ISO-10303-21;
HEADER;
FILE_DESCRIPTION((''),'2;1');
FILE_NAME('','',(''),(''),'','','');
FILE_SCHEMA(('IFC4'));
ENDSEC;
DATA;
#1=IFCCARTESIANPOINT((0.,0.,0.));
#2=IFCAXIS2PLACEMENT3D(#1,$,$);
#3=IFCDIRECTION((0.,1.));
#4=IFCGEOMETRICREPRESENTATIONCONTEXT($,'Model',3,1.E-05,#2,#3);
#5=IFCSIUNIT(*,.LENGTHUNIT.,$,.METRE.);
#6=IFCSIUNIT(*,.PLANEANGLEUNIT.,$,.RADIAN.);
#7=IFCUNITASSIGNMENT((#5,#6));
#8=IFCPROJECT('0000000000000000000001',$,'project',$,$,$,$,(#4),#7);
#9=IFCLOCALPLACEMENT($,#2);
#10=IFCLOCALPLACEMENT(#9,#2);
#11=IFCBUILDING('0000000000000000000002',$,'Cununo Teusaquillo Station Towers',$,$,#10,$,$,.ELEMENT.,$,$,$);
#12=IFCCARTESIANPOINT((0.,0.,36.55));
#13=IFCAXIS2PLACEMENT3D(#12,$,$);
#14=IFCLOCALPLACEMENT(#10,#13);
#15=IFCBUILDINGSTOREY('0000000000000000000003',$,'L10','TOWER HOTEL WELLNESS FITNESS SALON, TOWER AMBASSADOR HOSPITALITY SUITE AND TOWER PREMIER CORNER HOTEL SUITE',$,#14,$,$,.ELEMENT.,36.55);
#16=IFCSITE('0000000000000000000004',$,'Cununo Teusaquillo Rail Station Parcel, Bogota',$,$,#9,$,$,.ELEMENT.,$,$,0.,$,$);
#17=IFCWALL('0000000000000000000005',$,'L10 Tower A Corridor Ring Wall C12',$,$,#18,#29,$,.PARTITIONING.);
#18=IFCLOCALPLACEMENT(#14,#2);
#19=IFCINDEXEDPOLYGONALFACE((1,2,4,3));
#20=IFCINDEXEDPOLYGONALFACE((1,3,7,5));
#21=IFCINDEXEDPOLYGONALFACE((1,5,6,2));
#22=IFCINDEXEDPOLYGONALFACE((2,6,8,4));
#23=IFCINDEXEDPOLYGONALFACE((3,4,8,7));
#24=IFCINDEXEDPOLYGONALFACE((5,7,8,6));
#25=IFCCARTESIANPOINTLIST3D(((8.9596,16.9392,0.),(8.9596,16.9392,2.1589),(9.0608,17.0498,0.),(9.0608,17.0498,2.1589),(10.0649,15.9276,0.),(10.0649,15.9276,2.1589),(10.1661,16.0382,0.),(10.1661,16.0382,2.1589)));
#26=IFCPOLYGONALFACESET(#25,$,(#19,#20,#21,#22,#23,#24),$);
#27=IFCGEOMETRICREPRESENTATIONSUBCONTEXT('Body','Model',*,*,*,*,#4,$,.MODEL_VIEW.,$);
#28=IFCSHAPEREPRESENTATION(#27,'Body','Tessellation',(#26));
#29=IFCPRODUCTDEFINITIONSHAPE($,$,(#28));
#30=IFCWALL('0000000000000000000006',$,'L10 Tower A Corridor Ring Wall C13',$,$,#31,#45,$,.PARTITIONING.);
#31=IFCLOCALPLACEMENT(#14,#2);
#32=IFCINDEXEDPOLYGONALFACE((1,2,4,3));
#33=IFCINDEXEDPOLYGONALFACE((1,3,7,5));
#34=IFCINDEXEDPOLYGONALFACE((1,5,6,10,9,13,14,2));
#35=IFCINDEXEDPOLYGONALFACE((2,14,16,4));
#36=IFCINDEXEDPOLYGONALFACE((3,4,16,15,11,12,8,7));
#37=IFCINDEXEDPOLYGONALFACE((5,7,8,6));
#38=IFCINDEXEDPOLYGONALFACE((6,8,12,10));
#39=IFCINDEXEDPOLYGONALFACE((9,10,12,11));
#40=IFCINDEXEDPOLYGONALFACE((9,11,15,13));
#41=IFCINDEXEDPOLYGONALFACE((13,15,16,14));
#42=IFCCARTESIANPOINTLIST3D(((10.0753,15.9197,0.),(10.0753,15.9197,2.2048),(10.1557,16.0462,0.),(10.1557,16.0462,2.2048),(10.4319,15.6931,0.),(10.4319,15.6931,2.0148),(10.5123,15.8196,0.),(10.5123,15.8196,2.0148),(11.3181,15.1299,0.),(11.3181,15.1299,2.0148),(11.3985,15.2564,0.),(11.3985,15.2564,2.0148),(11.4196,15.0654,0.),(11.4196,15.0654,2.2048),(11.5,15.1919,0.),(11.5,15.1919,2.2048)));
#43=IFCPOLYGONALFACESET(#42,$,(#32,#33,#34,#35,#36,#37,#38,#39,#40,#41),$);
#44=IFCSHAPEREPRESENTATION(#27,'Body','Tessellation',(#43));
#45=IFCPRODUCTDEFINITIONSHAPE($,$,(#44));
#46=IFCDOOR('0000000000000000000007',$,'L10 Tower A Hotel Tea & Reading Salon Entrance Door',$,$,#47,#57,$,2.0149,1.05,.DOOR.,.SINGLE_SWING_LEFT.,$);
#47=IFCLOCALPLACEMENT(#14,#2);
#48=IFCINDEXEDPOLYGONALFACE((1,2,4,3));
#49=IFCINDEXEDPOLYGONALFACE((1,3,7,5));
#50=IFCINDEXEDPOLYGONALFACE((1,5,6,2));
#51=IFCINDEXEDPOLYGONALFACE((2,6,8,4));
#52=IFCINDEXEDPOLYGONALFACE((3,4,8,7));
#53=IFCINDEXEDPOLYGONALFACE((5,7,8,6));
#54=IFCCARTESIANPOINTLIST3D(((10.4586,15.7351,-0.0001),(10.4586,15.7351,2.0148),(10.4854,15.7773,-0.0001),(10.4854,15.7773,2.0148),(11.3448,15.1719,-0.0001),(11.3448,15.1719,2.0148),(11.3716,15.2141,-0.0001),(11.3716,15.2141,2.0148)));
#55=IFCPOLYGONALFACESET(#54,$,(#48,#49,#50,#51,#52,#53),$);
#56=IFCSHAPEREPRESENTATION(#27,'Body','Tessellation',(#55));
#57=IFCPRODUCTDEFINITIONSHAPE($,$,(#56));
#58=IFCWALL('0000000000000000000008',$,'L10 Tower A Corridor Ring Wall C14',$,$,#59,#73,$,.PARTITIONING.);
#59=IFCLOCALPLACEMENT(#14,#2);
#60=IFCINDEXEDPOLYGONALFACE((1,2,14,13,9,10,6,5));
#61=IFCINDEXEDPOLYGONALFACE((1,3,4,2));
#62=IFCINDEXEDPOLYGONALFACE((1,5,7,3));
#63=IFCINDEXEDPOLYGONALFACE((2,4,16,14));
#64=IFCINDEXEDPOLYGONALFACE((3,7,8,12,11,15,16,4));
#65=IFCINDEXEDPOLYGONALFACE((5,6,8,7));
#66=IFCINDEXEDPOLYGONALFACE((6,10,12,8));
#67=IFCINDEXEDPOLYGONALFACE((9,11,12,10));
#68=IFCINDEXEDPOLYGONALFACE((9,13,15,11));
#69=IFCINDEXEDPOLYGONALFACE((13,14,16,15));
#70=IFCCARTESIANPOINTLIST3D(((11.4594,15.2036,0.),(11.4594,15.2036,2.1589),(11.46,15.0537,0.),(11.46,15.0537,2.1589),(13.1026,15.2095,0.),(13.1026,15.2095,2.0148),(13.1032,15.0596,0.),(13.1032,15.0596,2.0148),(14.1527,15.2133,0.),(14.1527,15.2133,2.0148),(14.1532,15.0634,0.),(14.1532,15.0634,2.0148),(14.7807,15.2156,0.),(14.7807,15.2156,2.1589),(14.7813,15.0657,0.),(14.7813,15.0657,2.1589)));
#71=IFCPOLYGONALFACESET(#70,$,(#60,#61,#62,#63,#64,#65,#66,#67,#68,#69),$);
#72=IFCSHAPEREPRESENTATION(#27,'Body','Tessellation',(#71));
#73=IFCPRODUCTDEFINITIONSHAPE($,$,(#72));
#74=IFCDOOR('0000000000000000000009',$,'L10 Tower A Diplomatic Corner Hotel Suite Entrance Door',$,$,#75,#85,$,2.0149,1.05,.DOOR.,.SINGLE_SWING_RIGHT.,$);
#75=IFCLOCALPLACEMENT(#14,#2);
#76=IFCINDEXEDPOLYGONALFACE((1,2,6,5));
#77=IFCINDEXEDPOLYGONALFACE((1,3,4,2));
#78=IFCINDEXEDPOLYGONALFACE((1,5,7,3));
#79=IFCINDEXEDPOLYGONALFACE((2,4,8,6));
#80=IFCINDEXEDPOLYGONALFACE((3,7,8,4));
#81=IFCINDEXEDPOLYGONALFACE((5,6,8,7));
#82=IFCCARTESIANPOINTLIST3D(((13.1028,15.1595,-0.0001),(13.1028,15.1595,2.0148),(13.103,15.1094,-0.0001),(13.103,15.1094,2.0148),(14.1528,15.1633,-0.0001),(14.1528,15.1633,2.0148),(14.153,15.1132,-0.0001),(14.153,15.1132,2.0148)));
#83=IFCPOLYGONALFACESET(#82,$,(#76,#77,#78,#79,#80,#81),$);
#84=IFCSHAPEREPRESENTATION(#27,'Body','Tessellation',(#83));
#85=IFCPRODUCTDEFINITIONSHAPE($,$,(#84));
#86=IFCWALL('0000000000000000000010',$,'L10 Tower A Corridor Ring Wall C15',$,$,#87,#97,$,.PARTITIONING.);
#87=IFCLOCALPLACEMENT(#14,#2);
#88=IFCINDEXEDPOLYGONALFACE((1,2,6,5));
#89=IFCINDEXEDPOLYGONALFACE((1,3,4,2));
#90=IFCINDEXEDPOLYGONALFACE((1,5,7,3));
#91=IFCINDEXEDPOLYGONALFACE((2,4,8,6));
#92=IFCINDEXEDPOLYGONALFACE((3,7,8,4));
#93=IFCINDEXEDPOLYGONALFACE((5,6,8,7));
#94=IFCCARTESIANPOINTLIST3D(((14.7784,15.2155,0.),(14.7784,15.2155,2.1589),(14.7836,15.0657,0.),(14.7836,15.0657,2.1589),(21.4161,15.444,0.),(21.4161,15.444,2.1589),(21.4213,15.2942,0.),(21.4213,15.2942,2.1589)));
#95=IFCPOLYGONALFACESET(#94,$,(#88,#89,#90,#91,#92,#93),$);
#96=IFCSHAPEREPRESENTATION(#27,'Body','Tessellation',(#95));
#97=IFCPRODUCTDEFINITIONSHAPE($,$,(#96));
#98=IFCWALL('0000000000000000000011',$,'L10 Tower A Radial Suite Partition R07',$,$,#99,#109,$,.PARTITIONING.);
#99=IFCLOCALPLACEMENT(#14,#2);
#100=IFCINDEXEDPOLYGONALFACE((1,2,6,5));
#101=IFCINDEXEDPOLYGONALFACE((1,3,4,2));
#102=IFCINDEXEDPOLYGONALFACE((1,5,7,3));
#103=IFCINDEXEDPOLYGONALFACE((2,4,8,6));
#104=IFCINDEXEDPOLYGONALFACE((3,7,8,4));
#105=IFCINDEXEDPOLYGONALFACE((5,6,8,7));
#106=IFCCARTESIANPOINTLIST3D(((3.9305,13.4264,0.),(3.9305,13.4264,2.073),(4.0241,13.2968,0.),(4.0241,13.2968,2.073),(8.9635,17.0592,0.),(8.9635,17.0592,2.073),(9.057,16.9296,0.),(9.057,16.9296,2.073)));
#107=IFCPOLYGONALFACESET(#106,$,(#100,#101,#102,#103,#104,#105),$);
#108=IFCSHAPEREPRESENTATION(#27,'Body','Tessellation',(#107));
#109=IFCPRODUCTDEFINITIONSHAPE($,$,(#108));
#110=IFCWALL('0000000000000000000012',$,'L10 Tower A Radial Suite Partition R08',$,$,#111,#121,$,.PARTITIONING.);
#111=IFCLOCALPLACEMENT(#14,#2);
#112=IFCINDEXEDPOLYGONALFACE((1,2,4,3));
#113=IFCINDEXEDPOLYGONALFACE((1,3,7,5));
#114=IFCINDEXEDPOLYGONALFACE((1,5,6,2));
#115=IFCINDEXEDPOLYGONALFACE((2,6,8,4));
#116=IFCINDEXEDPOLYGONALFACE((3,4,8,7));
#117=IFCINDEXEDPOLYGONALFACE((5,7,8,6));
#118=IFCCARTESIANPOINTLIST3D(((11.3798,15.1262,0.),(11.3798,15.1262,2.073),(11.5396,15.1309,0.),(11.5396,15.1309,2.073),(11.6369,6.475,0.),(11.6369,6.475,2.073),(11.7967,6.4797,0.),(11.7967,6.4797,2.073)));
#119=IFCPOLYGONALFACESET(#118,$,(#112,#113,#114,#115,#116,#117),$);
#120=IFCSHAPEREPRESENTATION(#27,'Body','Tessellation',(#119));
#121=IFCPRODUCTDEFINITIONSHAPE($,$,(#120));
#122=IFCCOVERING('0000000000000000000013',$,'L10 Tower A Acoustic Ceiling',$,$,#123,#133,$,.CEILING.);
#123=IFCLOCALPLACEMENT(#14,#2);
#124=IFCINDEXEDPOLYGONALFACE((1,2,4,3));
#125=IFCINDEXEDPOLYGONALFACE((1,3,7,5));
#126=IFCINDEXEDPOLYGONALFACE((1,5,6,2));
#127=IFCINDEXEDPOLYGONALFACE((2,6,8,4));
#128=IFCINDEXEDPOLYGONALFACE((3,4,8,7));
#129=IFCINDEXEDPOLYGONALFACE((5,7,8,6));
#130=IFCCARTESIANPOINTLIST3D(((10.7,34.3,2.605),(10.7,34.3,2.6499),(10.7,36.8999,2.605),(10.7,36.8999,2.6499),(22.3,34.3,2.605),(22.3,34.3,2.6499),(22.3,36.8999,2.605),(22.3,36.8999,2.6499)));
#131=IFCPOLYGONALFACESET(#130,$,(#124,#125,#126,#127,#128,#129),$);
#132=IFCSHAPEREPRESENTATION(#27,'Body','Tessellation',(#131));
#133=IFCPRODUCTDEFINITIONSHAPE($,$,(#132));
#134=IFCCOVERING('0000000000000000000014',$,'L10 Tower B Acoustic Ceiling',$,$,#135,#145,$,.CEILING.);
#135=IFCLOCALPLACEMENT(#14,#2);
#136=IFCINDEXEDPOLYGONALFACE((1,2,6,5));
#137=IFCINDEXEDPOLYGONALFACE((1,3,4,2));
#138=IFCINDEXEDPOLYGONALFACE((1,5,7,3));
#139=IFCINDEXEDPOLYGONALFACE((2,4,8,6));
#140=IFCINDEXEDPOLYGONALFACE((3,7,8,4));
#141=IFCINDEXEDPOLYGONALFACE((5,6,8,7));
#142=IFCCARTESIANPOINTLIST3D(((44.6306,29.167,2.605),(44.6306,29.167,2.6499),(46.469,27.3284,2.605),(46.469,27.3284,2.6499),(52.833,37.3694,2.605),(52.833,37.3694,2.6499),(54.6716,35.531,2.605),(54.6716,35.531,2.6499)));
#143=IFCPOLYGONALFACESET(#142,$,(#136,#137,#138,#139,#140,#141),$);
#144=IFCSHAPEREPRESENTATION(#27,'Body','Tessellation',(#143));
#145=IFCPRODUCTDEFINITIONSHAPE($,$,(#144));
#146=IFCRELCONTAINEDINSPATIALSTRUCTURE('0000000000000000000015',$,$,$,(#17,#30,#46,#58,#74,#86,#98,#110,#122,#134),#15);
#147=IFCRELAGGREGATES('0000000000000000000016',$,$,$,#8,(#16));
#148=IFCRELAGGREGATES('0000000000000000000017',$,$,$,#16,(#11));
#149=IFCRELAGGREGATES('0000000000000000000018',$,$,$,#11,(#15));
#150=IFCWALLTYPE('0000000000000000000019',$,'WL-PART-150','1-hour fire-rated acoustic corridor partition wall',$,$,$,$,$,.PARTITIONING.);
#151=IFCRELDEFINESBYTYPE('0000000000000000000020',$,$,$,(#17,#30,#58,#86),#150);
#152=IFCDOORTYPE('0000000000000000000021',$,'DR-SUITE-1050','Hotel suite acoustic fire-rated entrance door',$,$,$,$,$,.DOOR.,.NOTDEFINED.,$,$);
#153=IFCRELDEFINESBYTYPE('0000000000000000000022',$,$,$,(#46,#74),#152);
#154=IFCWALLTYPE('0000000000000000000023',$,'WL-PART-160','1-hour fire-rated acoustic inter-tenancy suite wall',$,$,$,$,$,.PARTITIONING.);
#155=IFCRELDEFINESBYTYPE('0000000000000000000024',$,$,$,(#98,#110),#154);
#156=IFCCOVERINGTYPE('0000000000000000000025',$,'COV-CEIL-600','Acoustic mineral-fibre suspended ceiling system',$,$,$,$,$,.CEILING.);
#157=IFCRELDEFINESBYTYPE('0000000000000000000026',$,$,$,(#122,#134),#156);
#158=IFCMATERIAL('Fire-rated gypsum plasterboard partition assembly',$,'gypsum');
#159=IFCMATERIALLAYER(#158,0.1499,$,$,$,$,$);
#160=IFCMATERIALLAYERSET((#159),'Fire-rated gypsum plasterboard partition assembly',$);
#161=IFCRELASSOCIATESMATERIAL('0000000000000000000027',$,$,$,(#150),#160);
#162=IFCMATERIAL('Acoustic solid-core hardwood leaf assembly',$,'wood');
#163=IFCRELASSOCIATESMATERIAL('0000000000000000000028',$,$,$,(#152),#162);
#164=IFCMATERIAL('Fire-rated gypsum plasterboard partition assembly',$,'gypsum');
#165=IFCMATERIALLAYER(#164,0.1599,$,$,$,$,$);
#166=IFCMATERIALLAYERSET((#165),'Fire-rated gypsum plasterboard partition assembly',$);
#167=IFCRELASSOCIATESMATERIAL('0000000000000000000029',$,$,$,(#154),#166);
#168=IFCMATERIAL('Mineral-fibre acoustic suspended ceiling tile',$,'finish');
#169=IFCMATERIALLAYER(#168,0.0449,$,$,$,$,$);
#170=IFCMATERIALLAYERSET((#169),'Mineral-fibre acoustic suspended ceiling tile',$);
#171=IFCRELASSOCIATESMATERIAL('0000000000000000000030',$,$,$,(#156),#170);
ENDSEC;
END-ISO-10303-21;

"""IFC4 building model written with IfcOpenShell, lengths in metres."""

from ifc_helpers import new_model, si_unit, direction, frame, frame_2d, origin, place, context, subcontext, project, spatial, polyline, rectangle, outline, extrude, source, transform, mapped, material, layer, layer_set, type_object, element, fill, save


model = new_model("IFC4")

# Units and contexts
model_context = context("Model", 3, precision=1e-05, world=origin(), true_north=direction((0.0, 1.0)))
body_context = subcontext(model_context, "Body", "Model", "MODEL_VIEW")
ifc_project = project(units=[si_unit("LENGTHUNIT", "METRE"), si_unit("PLANEANGLEUNIT", "RADIAN")], contexts=[model_context])

# Site, building, storey
site_placement = place(None, origin())
site = spatial("IfcSite", under=ifc_project, at=site_placement, Name="Cununo Teusaquillo Rail Station Parcel, Bogota", CompositionType="ELEMENT", RefElevation=0.0)
building_placement = place(site_placement, origin())
building = spatial("IfcBuilding", under=site, at=building_placement, Name="Cununo Teusaquillo Station Towers", CompositionType="ELEMENT")
storey_placement = place(building_placement, frame((0.0, 0.0, 36.55)))
storey = spatial("IfcBuildingStorey", under=building, at=storey_placement, Name="L10", Description="TOWER HOTEL WELLNESS FITNESS SALON, TOWER AMBASSADOR HOSPITALITY SUITE AND TOWER PREMIER CORNER HOTEL SUITE", CompositionType="ELEMENT", Elevation=36.55)

# Wall
ifc_material_1 = material(Name="Fire-rated gypsum plasterboard partition assembly", Category="gypsum")
ifc_layer_1 = layer(ifc_material_1, 0.1499)
ifc_layer_set_1 = layer_set([ifc_layer_1], Name="Fire-rated gypsum plasterboard partition assembly")
wall_type_1 = type_object("IfcWallType", Name="WL-PART-150", Description="1-hour fire-rated acoustic corridor partition wall", PredefinedType="PARTITIONING", material=ifc_layer_set_1)
wall_1_placement = place(storey_placement, frame((9.0103, 16.9944, 0.0), z_axis=(0.0, 0.0, 1.0), x_axis=(0.737702, -0.675127, 0.0)))
element("IfcWall", 1, at=wall_1_placement, inside=storey, type_object=wall_type_1, Name="L10 Tower A Corridor Ring Wall C12", PredefinedType="PARTITIONING", context=body_context, shape_type="SweptSolid", body=[
    extrude(rectangle(XDim=1.4983, YDim=0.1499, at=frame_2d((0.749, 0.0))), origin(), (0.0, 0.0, 1.0), 2.1589),
])

# Walls, openings, doors
wall_2_placement = place(storey_placement, frame((10.1155, 15.9829, 0.0), z_axis=(0.0, 0.0, 1.0), x_axis=(0.843996, -0.53635, 0.0)))
wall_2 = element("IfcWall", 2, at=wall_2_placement, inside=storey, type_object=wall_type_1, Name="L10 Tower A Corridor Ring Wall C13", PredefinedType="PARTITIONING", context=body_context, shape_type="SweptSolid", body=[
    extrude(rectangle(XDim=1.5928, YDim=0.1499, at=frame_2d((0.7964, 0.0))), origin(), (0.0, 0.0, 1.0), 2.2048),
])
shared_shape_1 = source(origin(), body_context, "Body", "SweptSolid", [
    extrude(rectangle(XDim=1.05, YDim=2.0149, at=frame_2d((0.5249, 1.0073))), frame((0.0, 0.085, 0.0), z_axis=(0.0, -1.0, 0.0), x_axis=(1.0, 0.0, 0.0)), (0.0, 0.0, 1.0), 0.1699),
])
opening_1_placement = place(wall_2_placement, frame((0.4226, 0.0, 0.0)))
opening_1 = element("IfcOpeningElement", 3, at=opening_1_placement, cuts=wall_2, PredefinedType="OPENING", context=body_context, shape_type="MappedRepresentation", body=[
    mapped(shared_shape_1, transform((0.0, 0.0, 0.0), x_axis=(1.0, 0.0, 0.0), y_axis=(0.0, 1.0, 0.0), z_axis=(0.0, 0.0, 1.0), scale=1.0)),
])
ifc_material_2 = material(Name="Acoustic solid-core hardwood leaf assembly", Category="wood")
door_type = type_object("IfcDoorType", Name="DR-SUITE-1050", Description="Hotel suite acoustic fire-rated entrance door", OperationType="NOTDEFINED", PredefinedType="DOOR", material=ifc_material_2)
shared_shape_2 = source(origin(), body_context, "Body", "SweptSolid", [
    extrude(rectangle(XDim=1.05, YDim=2.0149, at=frame_2d((0.5249, 1.0073))), frame((0.0, 0.0249, 0.0), z_axis=(0.0, -1.0, 0.0), x_axis=(1.0, 0.0, 0.0)), (0.0, 0.0, 1.0), 0.05),
])
door_1_placement = place(opening_1_placement, origin())
door_1 = element("IfcDoor", 4, at=door_1_placement, inside=storey, type_object=door_type, Name="L10 Tower A Hotel Tea & Reading Salon Entrance Door", OperationType="SINGLE_SWING_LEFT", OverallHeight=2.0149, OverallWidth=1.05, PredefinedType="DOOR", context=body_context, shape_type="MappedRepresentation", body=[
    mapped(shared_shape_2, transform((0.0, 0.0, 0.0), x_axis=(1.0, 0.0, 0.0), y_axis=(0.0, 1.0, 0.0), z_axis=(0.0, 0.0, 1.0), scale=1.0)),
])
fill(opening_1, door_1)
wall_3_placement = place(storey_placement, frame((11.4597, 15.1287, 0.0), z_axis=(0.0, 0.0, 1.0), x_axis=(0.999994, 0.003602, 0.0)))
wall_3 = element("IfcWall", 5, at=wall_3_placement, inside=storey, type_object=wall_type_1, Name="L10 Tower A Corridor Ring Wall C14", PredefinedType="PARTITIONING", context=body_context, shape_type="SweptSolid", body=[
    extrude(rectangle(XDim=3.3213, YDim=0.1499, at=frame_2d((1.6606, 0.0))), origin(), (0.0, 0.0, 1.0), 2.1589),
])
opening_2_placement = place(wall_3_placement, frame((1.6433, 0.0, 0.0)))
opening_2 = element("IfcOpeningElement", 6, at=opening_2_placement, cuts=wall_3, PredefinedType="OPENING", context=body_context, shape_type="MappedRepresentation", body=[
    mapped(shared_shape_1, transform((0.0, 0.0, 0.0), x_axis=(1.0, 0.0, 0.0), y_axis=(0.0, 1.0, 0.0), z_axis=(0.0, 0.0, 1.0), scale=1.0)),
])
door_2_placement = place(opening_2_placement, origin())
door_2 = element("IfcDoor", 7, at=door_2_placement, inside=storey, type_object=door_type, Name="L10 Tower A Diplomatic Corner Hotel Suite Entrance Door", OperationType="SINGLE_SWING_RIGHT", OverallHeight=2.0149, OverallWidth=1.05, PredefinedType="DOOR", context=body_context, shape_type="MappedRepresentation", body=[
    mapped(shared_shape_2, transform((0.0, 0.0, 0.0), x_axis=(1.0, 0.0, 0.0), y_axis=(0.0, 1.0, 0.0), z_axis=(0.0, 0.0, 1.0), scale=1.0)),
])
fill(opening_2, door_2)

# Walls
wall_4_placement = place(storey_placement, frame((14.781, 15.1406, 0.0), z_axis=(0.0, 0.0, 1.0), x_axis=(0.999408, 0.034407, 0.0)))
element("IfcWall", 8, at=wall_4_placement, inside=storey, type_object=wall_type_1, Name="L10 Tower A Corridor Ring Wall C15", PredefinedType="PARTITIONING", context=body_context, shape_type="SweptSolid", body=[
    extrude(rectangle(XDim=6.6416, YDim=0.1499, at=frame_2d((3.3208, 0.0))), origin(), (0.0, 0.0, 1.0), 2.1589),
])
ifc_material_3 = material(Name="Fire-rated gypsum plasterboard partition assembly", Category="gypsum")
ifc_layer_2 = layer(ifc_material_3, 0.1599)
ifc_layer_set_2 = layer_set([ifc_layer_2], Name="Fire-rated gypsum plasterboard partition assembly")
wall_type_2 = type_object("IfcWallType", Name="WL-PART-160", Description="1-hour fire-rated acoustic inter-tenancy suite wall", PredefinedType="PARTITIONING", material=ifc_layer_set_2)
wall_5_placement = place(storey_placement, frame((9.0103, 16.9944, 0.0), z_axis=(0.0, 0.0, 1.0), x_axis=(-0.81084, -0.585268, 0.0)))
element("IfcWall", 9, at=wall_5_placement, inside=storey, type_object=wall_type_2, Name="L10 Tower A Radial Suite Partition R07", PredefinedType="PARTITIONING", context=body_context, shape_type="SweptSolid", body=[
    extrude(rectangle(XDim=6.207, YDim=0.1599, at=frame_2d((3.1035, 0.0))), origin(), (0.0, 0.0, 1.0), 2.073),
])
wall_6_placement = place(storey_placement, frame((11.4597, 15.1287, 0.0), z_axis=(0.0, 0.0, 1.0), x_axis=(0.029703, -0.999559, 0.0)))
element("IfcWall", 10, at=wall_6_placement, inside=storey, type_object=wall_type_2, Name="L10 Tower A Radial Suite Partition R08", PredefinedType="PARTITIONING", context=body_context, shape_type="SweptSolid", body=[
    extrude(rectangle(XDim=8.655, YDim=0.1599, at=frame_2d((4.3276, 0.0))), origin(), (0.0, 0.0, 1.0), 2.073),
])

# Coverings
ifc_material_4 = material(Name="Mineral-fibre acoustic suspended ceiling tile", Category="finish")
ifc_layer_3 = layer(ifc_material_4, 0.0449)
ifc_layer_set_3 = layer_set([ifc_layer_3], Name="Mineral-fibre acoustic suspended ceiling tile")
covering_type = type_object("IfcCoveringType", Name="COV-CEIL-600", Description="Acoustic mineral-fibre suspended ceiling system", PredefinedType="CEILING", material=ifc_layer_set_3)
covering_1_placement = place(storey_placement, frame((0.0, 0.0, 2.605)))
element("IfcCovering", 11, at=covering_1_placement, inside=storey, type_object=covering_type, Name="L10 Tower A Acoustic Ceiling", PredefinedType="CEILING", context=body_context, shape_type="SweptSolid", body=[
    extrude(outline(polyline([(22.3, 36.8999), (22.3, 34.3), (10.7, 34.3), (10.7, 36.8999), (22.3, 36.8999)])), origin(), (0.0, 0.0, 1.0), 0.0449),
])
covering_2_placement = place(storey_placement, frame((0.0, 0.0, 2.605)))
element("IfcCovering", 12, at=covering_2_placement, inside=storey, type_object=covering_type, Name="L10 Tower B Acoustic Ceiling", PredefinedType="CEILING", context=body_context, shape_type="SweptSolid", body=[
    extrude(outline(polyline([(52.833, 37.3694), (54.6716, 35.531), (46.469, 27.3284), (44.6306, 29.167), (52.833, 37.3694)])), origin(), (0.0, 0.0, 1.0), 0.0449),
])

save(model, "model.ifc")
